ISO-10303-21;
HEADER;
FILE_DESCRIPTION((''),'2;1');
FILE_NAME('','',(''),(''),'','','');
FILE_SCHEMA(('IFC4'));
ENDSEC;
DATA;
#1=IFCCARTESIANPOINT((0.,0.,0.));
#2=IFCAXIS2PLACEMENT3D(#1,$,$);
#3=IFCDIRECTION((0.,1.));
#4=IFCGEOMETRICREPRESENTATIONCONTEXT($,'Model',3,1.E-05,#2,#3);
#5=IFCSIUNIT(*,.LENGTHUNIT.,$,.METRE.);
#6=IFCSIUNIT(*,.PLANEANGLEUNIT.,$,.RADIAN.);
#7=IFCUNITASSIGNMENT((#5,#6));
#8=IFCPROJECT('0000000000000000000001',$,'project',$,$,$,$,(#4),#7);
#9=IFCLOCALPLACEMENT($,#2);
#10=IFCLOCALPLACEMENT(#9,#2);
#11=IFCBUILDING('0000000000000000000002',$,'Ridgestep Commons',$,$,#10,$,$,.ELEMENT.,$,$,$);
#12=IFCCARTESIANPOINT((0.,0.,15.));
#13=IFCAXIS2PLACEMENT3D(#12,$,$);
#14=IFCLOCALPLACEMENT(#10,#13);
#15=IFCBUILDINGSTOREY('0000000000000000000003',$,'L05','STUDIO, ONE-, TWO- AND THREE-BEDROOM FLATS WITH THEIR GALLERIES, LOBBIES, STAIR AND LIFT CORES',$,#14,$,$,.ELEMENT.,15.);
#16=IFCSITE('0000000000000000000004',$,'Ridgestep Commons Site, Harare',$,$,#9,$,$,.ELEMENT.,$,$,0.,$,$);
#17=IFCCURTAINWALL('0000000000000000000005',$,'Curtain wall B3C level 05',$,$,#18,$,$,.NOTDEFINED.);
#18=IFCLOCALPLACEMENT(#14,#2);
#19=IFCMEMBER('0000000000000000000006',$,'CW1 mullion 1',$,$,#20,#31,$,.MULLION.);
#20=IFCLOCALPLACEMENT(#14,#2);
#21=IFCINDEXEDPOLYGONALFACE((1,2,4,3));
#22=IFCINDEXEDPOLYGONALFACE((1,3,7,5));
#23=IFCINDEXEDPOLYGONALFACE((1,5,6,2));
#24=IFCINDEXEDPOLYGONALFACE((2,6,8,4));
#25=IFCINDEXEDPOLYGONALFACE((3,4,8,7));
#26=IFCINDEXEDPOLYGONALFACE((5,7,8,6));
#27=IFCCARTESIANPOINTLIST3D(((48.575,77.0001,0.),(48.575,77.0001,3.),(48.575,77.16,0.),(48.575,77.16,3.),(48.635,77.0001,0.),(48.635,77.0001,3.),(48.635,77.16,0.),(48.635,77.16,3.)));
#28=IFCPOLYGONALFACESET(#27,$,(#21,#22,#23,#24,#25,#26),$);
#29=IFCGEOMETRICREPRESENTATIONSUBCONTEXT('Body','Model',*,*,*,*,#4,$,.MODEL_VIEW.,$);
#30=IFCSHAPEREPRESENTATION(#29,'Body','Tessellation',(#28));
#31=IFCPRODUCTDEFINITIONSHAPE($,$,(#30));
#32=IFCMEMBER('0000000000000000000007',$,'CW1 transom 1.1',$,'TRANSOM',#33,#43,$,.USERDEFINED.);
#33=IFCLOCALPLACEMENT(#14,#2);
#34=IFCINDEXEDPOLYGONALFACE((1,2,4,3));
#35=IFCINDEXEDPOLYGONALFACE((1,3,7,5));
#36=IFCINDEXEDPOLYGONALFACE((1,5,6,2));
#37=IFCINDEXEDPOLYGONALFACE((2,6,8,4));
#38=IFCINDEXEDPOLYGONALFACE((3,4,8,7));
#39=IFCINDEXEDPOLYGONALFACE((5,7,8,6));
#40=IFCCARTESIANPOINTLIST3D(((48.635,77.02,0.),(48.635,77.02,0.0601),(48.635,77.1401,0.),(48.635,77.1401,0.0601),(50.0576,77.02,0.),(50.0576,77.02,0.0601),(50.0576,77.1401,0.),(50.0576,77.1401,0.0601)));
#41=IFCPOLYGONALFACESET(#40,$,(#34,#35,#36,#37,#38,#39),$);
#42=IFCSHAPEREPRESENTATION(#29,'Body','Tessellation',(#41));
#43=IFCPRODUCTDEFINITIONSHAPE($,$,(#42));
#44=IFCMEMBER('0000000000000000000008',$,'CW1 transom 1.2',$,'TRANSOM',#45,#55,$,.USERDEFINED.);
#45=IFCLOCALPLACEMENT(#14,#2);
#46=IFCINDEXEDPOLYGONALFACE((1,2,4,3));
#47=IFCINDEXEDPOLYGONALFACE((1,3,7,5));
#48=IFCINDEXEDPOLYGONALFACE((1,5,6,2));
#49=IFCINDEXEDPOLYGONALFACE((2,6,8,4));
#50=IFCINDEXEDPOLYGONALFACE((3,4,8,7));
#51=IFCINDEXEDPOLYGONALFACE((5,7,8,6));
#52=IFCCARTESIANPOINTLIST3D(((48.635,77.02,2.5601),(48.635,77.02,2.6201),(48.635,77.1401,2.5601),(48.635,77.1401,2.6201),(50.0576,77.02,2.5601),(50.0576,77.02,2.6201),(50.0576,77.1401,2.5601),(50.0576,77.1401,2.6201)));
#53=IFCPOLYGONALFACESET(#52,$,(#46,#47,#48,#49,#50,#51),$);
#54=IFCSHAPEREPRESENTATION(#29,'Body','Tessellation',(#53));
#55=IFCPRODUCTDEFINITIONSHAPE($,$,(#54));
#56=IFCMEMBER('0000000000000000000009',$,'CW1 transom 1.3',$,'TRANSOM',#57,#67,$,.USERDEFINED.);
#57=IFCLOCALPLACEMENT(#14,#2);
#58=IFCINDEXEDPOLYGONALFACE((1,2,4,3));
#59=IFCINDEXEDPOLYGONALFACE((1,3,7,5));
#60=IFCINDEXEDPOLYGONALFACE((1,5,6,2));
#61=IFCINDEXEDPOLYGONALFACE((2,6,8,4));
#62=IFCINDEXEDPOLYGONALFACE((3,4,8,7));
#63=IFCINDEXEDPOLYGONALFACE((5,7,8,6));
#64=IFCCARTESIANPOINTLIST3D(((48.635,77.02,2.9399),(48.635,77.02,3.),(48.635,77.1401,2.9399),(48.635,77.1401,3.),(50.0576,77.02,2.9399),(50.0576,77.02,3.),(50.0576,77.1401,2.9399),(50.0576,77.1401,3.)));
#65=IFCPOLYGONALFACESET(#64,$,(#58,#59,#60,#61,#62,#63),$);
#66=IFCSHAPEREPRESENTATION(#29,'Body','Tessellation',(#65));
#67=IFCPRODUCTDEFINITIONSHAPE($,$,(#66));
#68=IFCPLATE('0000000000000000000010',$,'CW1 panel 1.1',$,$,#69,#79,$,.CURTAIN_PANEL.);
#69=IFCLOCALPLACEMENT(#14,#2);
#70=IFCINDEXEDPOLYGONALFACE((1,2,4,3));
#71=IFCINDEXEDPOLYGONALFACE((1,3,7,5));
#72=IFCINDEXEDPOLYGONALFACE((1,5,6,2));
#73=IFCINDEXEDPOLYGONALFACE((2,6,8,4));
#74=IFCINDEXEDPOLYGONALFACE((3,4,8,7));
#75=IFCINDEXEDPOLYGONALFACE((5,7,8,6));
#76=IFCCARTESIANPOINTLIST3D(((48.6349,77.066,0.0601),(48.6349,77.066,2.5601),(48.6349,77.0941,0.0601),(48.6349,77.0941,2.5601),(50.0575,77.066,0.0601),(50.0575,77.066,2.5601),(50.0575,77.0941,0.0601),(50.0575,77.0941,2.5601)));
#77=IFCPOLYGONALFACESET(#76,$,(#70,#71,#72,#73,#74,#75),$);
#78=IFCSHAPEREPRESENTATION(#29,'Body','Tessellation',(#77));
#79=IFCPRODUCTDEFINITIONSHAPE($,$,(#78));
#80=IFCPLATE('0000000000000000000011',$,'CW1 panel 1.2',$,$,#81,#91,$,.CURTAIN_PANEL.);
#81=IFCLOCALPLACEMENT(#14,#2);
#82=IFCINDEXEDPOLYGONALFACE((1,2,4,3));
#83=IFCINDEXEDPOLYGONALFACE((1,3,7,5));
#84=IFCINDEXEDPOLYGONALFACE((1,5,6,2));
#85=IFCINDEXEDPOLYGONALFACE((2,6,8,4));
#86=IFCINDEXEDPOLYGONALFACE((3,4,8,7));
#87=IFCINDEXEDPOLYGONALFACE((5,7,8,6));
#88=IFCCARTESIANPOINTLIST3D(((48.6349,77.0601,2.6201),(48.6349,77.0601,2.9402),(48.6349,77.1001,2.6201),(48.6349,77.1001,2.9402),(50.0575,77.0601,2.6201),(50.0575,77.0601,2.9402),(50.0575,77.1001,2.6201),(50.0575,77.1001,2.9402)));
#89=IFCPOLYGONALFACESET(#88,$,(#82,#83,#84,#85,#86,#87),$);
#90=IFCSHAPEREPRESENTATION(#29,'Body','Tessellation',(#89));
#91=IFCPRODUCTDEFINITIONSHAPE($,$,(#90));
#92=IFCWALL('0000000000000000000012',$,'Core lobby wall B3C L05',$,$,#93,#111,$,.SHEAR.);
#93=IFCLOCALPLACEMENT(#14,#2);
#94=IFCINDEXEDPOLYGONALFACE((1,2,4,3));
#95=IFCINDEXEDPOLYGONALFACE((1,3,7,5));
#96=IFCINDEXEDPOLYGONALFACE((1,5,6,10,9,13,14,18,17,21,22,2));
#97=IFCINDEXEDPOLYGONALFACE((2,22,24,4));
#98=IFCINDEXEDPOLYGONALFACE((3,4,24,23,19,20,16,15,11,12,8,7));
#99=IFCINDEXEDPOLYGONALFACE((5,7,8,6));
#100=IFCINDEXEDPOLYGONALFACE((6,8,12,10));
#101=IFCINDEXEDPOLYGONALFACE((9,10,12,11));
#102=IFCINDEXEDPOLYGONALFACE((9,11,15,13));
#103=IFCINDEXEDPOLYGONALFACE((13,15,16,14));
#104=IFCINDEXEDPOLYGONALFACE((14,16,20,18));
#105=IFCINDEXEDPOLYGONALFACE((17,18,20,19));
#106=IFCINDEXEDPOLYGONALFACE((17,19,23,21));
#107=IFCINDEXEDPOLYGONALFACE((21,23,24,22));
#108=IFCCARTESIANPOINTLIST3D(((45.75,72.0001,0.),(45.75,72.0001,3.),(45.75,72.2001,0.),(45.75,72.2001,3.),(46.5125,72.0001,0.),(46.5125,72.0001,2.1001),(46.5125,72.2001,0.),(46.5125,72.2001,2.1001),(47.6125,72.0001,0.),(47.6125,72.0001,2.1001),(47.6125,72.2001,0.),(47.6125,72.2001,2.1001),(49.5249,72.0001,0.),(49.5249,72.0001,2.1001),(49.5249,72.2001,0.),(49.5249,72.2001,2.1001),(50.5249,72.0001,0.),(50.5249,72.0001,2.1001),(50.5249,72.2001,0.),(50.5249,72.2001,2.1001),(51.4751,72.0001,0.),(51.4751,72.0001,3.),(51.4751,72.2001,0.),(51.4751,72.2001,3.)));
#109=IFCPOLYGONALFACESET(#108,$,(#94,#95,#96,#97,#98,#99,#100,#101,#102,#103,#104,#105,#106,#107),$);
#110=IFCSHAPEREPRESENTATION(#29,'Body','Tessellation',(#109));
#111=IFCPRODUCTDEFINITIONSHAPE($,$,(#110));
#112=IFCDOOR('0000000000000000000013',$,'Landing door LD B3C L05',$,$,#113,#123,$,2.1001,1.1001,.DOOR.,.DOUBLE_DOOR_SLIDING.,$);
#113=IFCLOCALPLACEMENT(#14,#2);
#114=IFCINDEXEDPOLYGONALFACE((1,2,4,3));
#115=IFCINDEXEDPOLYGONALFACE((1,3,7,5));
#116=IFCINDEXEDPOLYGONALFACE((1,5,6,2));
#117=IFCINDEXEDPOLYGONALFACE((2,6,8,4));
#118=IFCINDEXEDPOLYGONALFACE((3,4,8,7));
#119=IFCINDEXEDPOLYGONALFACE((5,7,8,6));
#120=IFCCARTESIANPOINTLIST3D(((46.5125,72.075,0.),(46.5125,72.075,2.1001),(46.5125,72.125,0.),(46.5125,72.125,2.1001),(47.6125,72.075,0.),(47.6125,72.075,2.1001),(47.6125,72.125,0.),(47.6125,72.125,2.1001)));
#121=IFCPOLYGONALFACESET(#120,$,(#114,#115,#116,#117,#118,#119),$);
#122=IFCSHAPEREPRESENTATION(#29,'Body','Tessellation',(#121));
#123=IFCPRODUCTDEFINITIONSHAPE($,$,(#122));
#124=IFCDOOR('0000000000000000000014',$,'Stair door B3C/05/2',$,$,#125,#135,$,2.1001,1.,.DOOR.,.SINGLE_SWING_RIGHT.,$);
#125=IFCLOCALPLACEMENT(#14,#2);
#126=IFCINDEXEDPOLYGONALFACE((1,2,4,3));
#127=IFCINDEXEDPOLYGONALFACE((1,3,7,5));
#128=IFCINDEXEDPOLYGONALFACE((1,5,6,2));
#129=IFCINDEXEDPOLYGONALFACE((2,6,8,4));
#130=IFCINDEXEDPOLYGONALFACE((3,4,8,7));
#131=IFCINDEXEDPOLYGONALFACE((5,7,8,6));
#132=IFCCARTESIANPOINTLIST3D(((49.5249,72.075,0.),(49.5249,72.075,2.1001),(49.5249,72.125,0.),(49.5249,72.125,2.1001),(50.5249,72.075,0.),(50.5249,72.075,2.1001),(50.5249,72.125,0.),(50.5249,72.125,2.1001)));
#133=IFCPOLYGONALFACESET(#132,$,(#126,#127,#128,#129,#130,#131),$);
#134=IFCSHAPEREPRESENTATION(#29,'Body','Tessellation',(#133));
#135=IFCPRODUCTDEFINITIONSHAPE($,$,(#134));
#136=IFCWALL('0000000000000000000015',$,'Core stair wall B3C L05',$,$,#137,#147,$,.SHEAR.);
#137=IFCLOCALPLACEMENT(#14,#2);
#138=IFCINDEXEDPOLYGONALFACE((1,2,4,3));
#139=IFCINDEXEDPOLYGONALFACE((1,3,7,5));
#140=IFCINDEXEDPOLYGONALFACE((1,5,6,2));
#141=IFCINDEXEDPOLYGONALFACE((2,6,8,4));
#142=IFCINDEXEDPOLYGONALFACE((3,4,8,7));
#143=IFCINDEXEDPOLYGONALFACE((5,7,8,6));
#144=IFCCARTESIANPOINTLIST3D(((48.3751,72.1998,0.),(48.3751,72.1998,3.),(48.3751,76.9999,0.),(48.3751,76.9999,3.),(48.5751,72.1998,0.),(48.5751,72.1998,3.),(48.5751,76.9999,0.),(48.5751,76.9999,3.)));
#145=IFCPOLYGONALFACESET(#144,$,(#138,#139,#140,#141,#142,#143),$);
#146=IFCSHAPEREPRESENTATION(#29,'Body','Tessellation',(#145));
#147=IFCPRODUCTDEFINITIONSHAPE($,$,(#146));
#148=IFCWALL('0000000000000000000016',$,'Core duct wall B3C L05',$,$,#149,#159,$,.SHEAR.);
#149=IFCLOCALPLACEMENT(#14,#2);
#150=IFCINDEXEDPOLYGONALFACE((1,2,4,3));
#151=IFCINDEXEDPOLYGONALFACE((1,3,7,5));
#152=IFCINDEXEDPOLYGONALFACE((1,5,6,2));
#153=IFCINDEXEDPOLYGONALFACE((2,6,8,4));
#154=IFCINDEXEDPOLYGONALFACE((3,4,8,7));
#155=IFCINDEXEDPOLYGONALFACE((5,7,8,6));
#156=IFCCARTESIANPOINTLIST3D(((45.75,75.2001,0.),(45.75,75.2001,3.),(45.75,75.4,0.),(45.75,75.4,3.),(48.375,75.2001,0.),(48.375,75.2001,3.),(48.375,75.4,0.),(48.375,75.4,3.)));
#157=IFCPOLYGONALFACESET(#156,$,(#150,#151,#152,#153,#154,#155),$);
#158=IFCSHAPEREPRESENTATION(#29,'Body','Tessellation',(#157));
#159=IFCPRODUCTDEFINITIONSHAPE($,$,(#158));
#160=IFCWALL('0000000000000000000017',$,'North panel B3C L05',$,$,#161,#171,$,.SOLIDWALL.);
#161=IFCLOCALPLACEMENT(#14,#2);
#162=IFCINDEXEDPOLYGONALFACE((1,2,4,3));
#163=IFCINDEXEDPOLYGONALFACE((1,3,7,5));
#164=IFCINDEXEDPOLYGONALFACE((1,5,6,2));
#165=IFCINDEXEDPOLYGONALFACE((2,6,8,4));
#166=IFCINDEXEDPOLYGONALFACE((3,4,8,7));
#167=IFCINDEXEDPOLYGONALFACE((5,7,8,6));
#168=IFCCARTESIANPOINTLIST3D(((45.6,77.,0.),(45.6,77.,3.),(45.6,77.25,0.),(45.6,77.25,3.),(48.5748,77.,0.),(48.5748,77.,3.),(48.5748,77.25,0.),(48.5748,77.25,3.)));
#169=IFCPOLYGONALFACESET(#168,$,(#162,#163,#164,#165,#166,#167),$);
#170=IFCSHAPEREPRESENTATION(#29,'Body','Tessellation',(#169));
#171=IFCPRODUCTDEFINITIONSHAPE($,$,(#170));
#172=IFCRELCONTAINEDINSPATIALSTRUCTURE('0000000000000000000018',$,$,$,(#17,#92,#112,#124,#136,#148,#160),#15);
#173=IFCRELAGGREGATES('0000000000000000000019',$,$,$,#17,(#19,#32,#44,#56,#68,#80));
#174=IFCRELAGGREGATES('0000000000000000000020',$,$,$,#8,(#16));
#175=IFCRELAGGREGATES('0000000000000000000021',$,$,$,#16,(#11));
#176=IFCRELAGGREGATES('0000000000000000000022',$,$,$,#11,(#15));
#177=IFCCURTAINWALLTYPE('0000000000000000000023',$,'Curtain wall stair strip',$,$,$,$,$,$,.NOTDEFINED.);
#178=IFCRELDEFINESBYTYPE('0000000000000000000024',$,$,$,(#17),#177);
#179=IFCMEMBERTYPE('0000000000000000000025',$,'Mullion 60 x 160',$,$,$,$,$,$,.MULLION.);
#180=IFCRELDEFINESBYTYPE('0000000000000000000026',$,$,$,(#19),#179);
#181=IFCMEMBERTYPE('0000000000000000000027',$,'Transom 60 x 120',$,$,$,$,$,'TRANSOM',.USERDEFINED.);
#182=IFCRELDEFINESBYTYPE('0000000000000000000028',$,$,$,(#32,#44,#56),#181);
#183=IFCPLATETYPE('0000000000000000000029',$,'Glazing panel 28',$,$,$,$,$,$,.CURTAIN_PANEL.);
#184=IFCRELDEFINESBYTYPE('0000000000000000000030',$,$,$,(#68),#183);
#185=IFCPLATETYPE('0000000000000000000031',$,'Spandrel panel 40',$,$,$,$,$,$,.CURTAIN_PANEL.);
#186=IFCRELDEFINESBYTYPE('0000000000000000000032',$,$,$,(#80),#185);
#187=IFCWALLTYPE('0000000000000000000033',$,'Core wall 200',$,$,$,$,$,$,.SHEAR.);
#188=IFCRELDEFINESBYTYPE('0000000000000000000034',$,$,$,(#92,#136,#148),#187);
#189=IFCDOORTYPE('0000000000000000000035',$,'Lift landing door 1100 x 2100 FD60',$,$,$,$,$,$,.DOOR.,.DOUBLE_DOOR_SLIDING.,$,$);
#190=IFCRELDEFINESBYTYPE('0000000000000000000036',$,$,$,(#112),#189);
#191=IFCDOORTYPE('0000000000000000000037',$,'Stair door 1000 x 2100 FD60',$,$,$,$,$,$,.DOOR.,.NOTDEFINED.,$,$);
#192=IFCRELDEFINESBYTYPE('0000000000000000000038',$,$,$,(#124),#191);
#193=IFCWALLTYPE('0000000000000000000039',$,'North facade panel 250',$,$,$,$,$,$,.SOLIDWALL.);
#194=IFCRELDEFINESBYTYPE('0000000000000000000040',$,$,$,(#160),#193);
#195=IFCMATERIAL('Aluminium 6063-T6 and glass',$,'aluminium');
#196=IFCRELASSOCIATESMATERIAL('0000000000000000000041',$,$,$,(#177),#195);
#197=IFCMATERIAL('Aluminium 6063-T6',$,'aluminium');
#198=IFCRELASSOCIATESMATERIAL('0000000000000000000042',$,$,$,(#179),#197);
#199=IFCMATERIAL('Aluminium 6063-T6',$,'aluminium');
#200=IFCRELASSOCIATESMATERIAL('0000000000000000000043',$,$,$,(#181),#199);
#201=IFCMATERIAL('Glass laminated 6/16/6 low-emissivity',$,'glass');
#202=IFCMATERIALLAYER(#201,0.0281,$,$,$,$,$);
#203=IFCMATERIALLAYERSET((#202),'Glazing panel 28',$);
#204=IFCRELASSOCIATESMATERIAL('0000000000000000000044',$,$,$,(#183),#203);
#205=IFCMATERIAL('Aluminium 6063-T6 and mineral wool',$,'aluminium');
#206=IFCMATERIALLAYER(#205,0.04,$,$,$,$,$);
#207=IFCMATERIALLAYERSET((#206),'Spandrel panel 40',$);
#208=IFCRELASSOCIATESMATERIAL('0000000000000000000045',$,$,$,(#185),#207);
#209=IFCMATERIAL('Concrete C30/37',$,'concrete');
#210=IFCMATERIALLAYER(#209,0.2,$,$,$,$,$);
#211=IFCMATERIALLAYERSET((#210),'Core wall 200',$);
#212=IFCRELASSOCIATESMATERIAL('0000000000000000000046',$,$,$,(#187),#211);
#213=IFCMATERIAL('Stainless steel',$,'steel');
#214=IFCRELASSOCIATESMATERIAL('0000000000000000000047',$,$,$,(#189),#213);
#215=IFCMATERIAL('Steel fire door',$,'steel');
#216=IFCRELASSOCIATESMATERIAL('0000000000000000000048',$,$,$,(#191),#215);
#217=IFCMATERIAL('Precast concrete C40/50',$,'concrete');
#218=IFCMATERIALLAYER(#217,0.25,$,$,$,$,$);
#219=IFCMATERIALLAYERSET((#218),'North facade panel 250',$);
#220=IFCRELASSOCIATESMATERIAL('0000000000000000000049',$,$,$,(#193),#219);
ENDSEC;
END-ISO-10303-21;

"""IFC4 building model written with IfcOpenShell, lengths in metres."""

from ifc_helpers import new_model, si_unit, direction, frame, frame_2d, origin, origin_2d, place, context, subcontext, project, spatial, rectangle, extrude, material, layer, layer_set, material_profile, profile_set, type_object, element, fill, aggregate, save


model = new_model("IFC4")

# Units and contexts
model_context = context("Model", 3, precision=1e-05, world=origin(), true_north=direction((0.0, 1.0)))
body_context = subcontext(model_context, "Body", "Model", "MODEL_VIEW")
ifc_project = project(units=[si_unit("LENGTHUNIT", "METRE"), si_unit("PLANEANGLEUNIT", "RADIAN")], contexts=[model_context])

# Site, building, storey
site_placement = place(None, origin())
site = spatial("IfcSite", under=ifc_project, at=site_placement, Name="Ridgestep Commons Site, Harare", CompositionType="ELEMENT", RefElevation=0.0)
building_placement = place(site_placement, origin())
building = spatial("IfcBuilding", under=site, at=building_placement, Name="Ridgestep Commons", CompositionType="ELEMENT")
storey_placement = place(building_placement, frame((0.0, 0.0, 15.0)))
storey = spatial("IfcBuildingStorey", under=building, at=storey_placement, Name="L05", Description="STUDIO, ONE-, TWO- AND THREE-BEDROOM FLATS WITH THEIR GALLERIES, LOBBIES, STAIR AND LIFT CORES", CompositionType="ELEMENT", Elevation=15.0)

# Curtain wall, members, plates
ifc_material_1 = material(Name="Aluminium 6063-T6 and glass", Category="aluminium")
curtain_wall_type = type_object("IfcCurtainWallType", Name="Curtain wall stair strip", PredefinedType="NOTDEFINED", material=ifc_material_1)
curtain_wall_placement = place(storey_placement, origin())
curtain_wall = element("IfcCurtainWall", 1, at=curtain_wall_placement, inside=storey, type_object=curtain_wall_type, Name="Curtain wall B3C level 05", PredefinedType="NOTDEFINED")
ifc_material_2 = material(Name="Aluminium 6063-T6", Category="aluminium")
ifc_material_profile_1 = material_profile(ifc_material_2, rectangle(XDim=0.1599, YDim=0.0601, at=origin_2d()), Name="Mullion 60 x 160")
ifc_profile_set_1 = profile_set([ifc_material_profile_1], Name="Aluminium 6063-T6")
member_type_1 = type_object("IfcMemberType", Name="Mullion 60 x 160", PredefinedType="MULLION", material=ifc_profile_set_1)
member_1_placement = place(storey_placement, frame((48.605, 77.0801, 0.0), z_axis=(0.0, 0.0, 1.0), x_axis=(0.0, 1.0, 0.0)))
member_1 = element("IfcMember", 2, at=member_1_placement, type_object=member_type_1, Name="CW1 mullion 1", PredefinedType="MULLION", context=body_context, shape_type="SweptSolid", body=[
    extrude(rectangle(XDim=0.1599, YDim=0.0601, at=origin_2d()), origin(), (0.0, 0.0, 1.0), 3.0),
])
ifc_material_3 = material(Name="Aluminium 6063-T6", Category="aluminium")
ifc_material_profile_2 = material_profile(ifc_material_3, rectangle(XDim=0.1201, YDim=0.0601, at=origin_2d()), Name="Transom 60 x 120")
ifc_profile_set_2 = profile_set([ifc_material_profile_2], Name="Aluminium 6063-T6")
member_type_2 = type_object("IfcMemberType", Name="Transom 60 x 120", ElementType="TRANSOM", PredefinedType="USERDEFINED", material=ifc_profile_set_2)
member_2_placement = place(storey_placement, frame((48.635, 77.0801, 0.03), z_axis=(1.0, 0.0, 0.0), x_axis=(0.0, 1.0, 0.0)))
member_2 = element("IfcMember", 3, at=member_2_placement, type_object=member_type_2, Name="CW1 transom 1.1", ObjectType="TRANSOM", PredefinedType="USERDEFINED", context=body_context, shape_type="SweptSolid", body=[
    extrude(rectangle(XDim=0.1201, YDim=0.0601, at=origin_2d()), origin(), (0.0, 0.0, 1.0), 1.4226),
])
member_3_placement = place(storey_placement, frame((48.635, 77.0801, 2.5901), z_axis=(1.0, 0.0, 0.0), x_axis=(0.0, 1.0, 0.0)))
member_3 = element("IfcMember", 4, at=member_3_placement, type_object=member_type_2, Name="CW1 transom 1.2", ObjectType="TRANSOM", PredefinedType="USERDEFINED", context=body_context, shape_type="SweptSolid", body=[
    extrude(rectangle(XDim=0.1201, YDim=0.0601, at=origin_2d()), origin(), (0.0, 0.0, 1.0), 1.4226),
])
member_4_placement = place(storey_placement, frame((48.635, 77.0801, 2.97), z_axis=(1.0, 0.0, 0.0), x_axis=(0.0, 1.0, 0.0)))
member_4 = element("IfcMember", 5, at=member_4_placement, type_object=member_type_2, Name="CW1 transom 1.3", ObjectType="TRANSOM", PredefinedType="USERDEFINED", context=body_context, shape_type="SweptSolid", body=[
    extrude(rectangle(XDim=0.1201, YDim=0.0601, at=origin_2d()), origin(), (0.0, 0.0, 1.0), 1.4226),
])
ifc_material_4 = material(Name="Glass laminated 6/16/6 low-emissivity", Category="glass")
ifc_layer_1 = layer(ifc_material_4, 0.0281)
ifc_layer_set_1 = layer_set([ifc_layer_1], Name="Glazing panel 28")
plate_type_1 = type_object("IfcPlateType", Name="Glazing panel 28", PredefinedType="CURTAIN_PANEL", material=ifc_layer_set_1)
plate_1_placement = place(storey_placement, frame((49.3462, 77.0801, 0.0601), z_axis=(0.0, 0.0, 1.0), x_axis=(1.0, 0.0, 0.0)))
plate_1 = element("IfcPlate", 6, at=plate_1_placement, type_object=plate_type_1, Name="CW1 panel 1.1", PredefinedType="CURTAIN_PANEL", context=body_context, shape_type="SweptSolid", body=[
    extrude(rectangle(XDim=1.4226, YDim=0.0281, at=origin_2d()), origin(), (0.0, 0.0, 1.0), 2.5),
])
ifc_material_5 = material(Name="Aluminium 6063-T6 and mineral wool", Category="aluminium")
ifc_layer_2 = layer(ifc_material_5, 0.04)
ifc_layer_set_2 = layer_set([ifc_layer_2], Name="Spandrel panel 40")
plate_type_2 = type_object("IfcPlateType", Name="Spandrel panel 40", PredefinedType="CURTAIN_PANEL", material=ifc_layer_set_2)
plate_2_placement = place(storey_placement, frame((49.3462, 77.0801, 2.6201), z_axis=(0.0, 0.0, 1.0), x_axis=(1.0, 0.0, 0.0)))
plate_2 = element("IfcPlate", 7, at=plate_2_placement, type_object=plate_type_2, Name="CW1 panel 1.2", PredefinedType="CURTAIN_PANEL", context=body_context, shape_type="SweptSolid", body=[
    extrude(rectangle(XDim=1.4226, YDim=0.04, at=origin_2d()), origin(), (0.0, 0.0, 1.0), 0.3201),
])
aggregate(curtain_wall, [member_1, member_2, member_3, member_4, plate_1, plate_2])

# Wall, openings, doors
ifc_material_6 = material(Name="Concrete C30/37", Category="concrete")
ifc_layer_3 = layer(ifc_material_6, 0.2)
ifc_layer_set_3 = layer_set([ifc_layer_3], Name="Core wall 200")
wall_type_1 = type_object("IfcWallType", Name="Core wall 200", PredefinedType="SHEAR", material=ifc_layer_set_3)
wall_1_placement = place(storey_placement, frame((45.75, 72.1001, 0.0), z_axis=(0.0, 0.0, 1.0), x_axis=(1.0, 0.0, 0.0)))
wall_1 = element("IfcWall", 8, at=wall_1_placement, inside=storey, type_object=wall_type_1, Name="Core lobby wall B3C L05", PredefinedType="SHEAR", context=body_context, shape_type="SweptSolid", body=[
    extrude(rectangle(XDim=5.7251, YDim=0.2, at=frame_2d((2.8625, 0.0))), origin(), (0.0, 0.0, 1.0), 3.0),
])
opening_1_placement = place(wall_1_placement, frame((3.7749, 0.0, 0.0)))
opening_1 = element("IfcOpeningElement", 9, at=opening_1_placement, cuts=wall_1, PredefinedType="OPENING", context=body_context, shape_type="SweptSolid", body=[
    extrude(rectangle(XDim=1.0, YDim=2.1001, at=frame_2d((0.5, 1.05))), frame((0.0, 0.1099, 0.0), z_axis=(0.0, -1.0, 0.0), x_axis=(1.0, 0.0, 0.0)), (0.0, 0.0, 1.0), 0.22),
])
opening_2_placement = place(wall_1_placement, frame((0.7625, 0.0, 0.0)))
opening_2 = element("IfcOpeningElement", 10, at=opening_2_placement, cuts=wall_1, PredefinedType="OPENING", context=body_context, shape_type="SweptSolid", body=[
    extrude(rectangle(XDim=1.1001, YDim=2.1001, at=frame_2d((0.55, 1.05))), frame((0.0, 0.1099, 0.0), z_axis=(0.0, -1.0, 0.0), x_axis=(1.0, 0.0, 0.0)), (0.0, 0.0, 1.0), 0.22),
])
ifc_material_7 = material(Name="Stainless steel", Category="steel")
door_type_1 = type_object("IfcDoorType", Name="Lift landing door 1100 x 2100 FD60", OperationType="DOUBLE_DOOR_SLIDING", PredefinedType="DOOR", material=ifc_material_7)
door_1_placement = place(opening_2_placement, origin())
door_1 = element("IfcDoor", 11, at=door_1_placement, inside=storey, type_object=door_type_1, Name="Landing door LD B3C L05", OperationType="DOUBLE_DOOR_SLIDING", OverallHeight=2.1001, OverallWidth=1.1001, PredefinedType="DOOR", context=body_context, shape_type="SweptSolid", body=[
    extrude(rectangle(XDim=1.1001, YDim=2.1001, at=frame_2d((0.55, 1.05))), frame((0.0, 0.0249, 0.0), z_axis=(0.0, -1.0, 0.0), x_axis=(1.0, 0.0, 0.0)), (0.0, 0.0, 1.0), 0.05),
])
fill(opening_2, door_1)
ifc_material_8 = material(Name="Steel fire door", Category="steel")
door_type_2 = type_object("IfcDoorType", Name="Stair door 1000 x 2100 FD60", OperationType="NOTDEFINED", PredefinedType="DOOR", material=ifc_material_8)
door_2_placement = place(opening_1_placement, origin())
door_2 = element("IfcDoor", 12, at=door_2_placement, inside=storey, type_object=door_type_2, Name="Stair door B3C/05/2", OperationType="SINGLE_SWING_RIGHT", OverallHeight=2.1001, OverallWidth=1.0, PredefinedType="DOOR", context=body_context, shape_type="SweptSolid", body=[
    extrude(rectangle(XDim=1.0, YDim=2.1001, at=frame_2d((0.5, 1.05))), frame((0.0, 0.0249, 0.0), z_axis=(0.0, -1.0, 0.0), x_axis=(1.0, 0.0, 0.0)), (0.0, 0.0, 1.0), 0.05),
])
fill(opening_1, door_2)

# Walls
wall_2_placement = place(storey_placement, frame((48.4751, 72.2, 0.0), z_axis=(0.0, 0.0, 1.0), x_axis=(0.0, 1.0, 0.0)))
element("IfcWall", 13, at=wall_2_placement, inside=storey, type_object=wall_type_1, Name="Core stair wall B3C L05", PredefinedType="SHEAR", context=body_context, shape_type="SweptSolid", body=[
    extrude(rectangle(XDim=4.8, YDim=0.2, at=frame_2d((2.3999, 0.0))), origin(), (0.0, 0.0, 1.0), 3.0),
])
wall_3_placement = place(storey_placement, frame((45.75, 75.3, 0.0), z_axis=(0.0, 0.0, 1.0), x_axis=(1.0, 0.0, 0.0)))
element("IfcWall", 14, at=wall_3_placement, inside=storey, type_object=wall_type_1, Name="Core duct wall B3C L05", PredefinedType="SHEAR", context=body_context, shape_type="SweptSolid", body=[
    extrude(rectangle(XDim=2.625, YDim=0.2, at=frame_2d((1.3125, 0.0))), origin(), (0.0, 0.0, 1.0), 3.0),
])
ifc_material_9 = material(Name="Precast concrete C40/50", Category="concrete")
ifc_layer_4 = layer(ifc_material_9, 0.25)
ifc_layer_set_4 = layer_set([ifc_layer_4], Name="North facade panel 250")
wall_type_2 = type_object("IfcWallType", Name="North facade panel 250", PredefinedType="SOLIDWALL", material=ifc_layer_set_4)
wall_4_placement = place(storey_placement, frame((45.6001, 77.125, 0.0), z_axis=(0.0, 0.0, 1.0), x_axis=(1.0, 0.0, 0.0)))
element("IfcWall", 15, at=wall_4_placement, inside=storey, type_object=wall_type_2, Name="North panel B3C L05", PredefinedType="SOLIDWALL", context=body_context, shape_type="SweptSolid", body=[
    extrude(rectangle(XDim=2.9749, YDim=0.25, at=frame_2d((1.4873, 0.0))), origin(), (0.0, 0.0, 1.0), 3.0),
])

save(model, "model.ifc")
